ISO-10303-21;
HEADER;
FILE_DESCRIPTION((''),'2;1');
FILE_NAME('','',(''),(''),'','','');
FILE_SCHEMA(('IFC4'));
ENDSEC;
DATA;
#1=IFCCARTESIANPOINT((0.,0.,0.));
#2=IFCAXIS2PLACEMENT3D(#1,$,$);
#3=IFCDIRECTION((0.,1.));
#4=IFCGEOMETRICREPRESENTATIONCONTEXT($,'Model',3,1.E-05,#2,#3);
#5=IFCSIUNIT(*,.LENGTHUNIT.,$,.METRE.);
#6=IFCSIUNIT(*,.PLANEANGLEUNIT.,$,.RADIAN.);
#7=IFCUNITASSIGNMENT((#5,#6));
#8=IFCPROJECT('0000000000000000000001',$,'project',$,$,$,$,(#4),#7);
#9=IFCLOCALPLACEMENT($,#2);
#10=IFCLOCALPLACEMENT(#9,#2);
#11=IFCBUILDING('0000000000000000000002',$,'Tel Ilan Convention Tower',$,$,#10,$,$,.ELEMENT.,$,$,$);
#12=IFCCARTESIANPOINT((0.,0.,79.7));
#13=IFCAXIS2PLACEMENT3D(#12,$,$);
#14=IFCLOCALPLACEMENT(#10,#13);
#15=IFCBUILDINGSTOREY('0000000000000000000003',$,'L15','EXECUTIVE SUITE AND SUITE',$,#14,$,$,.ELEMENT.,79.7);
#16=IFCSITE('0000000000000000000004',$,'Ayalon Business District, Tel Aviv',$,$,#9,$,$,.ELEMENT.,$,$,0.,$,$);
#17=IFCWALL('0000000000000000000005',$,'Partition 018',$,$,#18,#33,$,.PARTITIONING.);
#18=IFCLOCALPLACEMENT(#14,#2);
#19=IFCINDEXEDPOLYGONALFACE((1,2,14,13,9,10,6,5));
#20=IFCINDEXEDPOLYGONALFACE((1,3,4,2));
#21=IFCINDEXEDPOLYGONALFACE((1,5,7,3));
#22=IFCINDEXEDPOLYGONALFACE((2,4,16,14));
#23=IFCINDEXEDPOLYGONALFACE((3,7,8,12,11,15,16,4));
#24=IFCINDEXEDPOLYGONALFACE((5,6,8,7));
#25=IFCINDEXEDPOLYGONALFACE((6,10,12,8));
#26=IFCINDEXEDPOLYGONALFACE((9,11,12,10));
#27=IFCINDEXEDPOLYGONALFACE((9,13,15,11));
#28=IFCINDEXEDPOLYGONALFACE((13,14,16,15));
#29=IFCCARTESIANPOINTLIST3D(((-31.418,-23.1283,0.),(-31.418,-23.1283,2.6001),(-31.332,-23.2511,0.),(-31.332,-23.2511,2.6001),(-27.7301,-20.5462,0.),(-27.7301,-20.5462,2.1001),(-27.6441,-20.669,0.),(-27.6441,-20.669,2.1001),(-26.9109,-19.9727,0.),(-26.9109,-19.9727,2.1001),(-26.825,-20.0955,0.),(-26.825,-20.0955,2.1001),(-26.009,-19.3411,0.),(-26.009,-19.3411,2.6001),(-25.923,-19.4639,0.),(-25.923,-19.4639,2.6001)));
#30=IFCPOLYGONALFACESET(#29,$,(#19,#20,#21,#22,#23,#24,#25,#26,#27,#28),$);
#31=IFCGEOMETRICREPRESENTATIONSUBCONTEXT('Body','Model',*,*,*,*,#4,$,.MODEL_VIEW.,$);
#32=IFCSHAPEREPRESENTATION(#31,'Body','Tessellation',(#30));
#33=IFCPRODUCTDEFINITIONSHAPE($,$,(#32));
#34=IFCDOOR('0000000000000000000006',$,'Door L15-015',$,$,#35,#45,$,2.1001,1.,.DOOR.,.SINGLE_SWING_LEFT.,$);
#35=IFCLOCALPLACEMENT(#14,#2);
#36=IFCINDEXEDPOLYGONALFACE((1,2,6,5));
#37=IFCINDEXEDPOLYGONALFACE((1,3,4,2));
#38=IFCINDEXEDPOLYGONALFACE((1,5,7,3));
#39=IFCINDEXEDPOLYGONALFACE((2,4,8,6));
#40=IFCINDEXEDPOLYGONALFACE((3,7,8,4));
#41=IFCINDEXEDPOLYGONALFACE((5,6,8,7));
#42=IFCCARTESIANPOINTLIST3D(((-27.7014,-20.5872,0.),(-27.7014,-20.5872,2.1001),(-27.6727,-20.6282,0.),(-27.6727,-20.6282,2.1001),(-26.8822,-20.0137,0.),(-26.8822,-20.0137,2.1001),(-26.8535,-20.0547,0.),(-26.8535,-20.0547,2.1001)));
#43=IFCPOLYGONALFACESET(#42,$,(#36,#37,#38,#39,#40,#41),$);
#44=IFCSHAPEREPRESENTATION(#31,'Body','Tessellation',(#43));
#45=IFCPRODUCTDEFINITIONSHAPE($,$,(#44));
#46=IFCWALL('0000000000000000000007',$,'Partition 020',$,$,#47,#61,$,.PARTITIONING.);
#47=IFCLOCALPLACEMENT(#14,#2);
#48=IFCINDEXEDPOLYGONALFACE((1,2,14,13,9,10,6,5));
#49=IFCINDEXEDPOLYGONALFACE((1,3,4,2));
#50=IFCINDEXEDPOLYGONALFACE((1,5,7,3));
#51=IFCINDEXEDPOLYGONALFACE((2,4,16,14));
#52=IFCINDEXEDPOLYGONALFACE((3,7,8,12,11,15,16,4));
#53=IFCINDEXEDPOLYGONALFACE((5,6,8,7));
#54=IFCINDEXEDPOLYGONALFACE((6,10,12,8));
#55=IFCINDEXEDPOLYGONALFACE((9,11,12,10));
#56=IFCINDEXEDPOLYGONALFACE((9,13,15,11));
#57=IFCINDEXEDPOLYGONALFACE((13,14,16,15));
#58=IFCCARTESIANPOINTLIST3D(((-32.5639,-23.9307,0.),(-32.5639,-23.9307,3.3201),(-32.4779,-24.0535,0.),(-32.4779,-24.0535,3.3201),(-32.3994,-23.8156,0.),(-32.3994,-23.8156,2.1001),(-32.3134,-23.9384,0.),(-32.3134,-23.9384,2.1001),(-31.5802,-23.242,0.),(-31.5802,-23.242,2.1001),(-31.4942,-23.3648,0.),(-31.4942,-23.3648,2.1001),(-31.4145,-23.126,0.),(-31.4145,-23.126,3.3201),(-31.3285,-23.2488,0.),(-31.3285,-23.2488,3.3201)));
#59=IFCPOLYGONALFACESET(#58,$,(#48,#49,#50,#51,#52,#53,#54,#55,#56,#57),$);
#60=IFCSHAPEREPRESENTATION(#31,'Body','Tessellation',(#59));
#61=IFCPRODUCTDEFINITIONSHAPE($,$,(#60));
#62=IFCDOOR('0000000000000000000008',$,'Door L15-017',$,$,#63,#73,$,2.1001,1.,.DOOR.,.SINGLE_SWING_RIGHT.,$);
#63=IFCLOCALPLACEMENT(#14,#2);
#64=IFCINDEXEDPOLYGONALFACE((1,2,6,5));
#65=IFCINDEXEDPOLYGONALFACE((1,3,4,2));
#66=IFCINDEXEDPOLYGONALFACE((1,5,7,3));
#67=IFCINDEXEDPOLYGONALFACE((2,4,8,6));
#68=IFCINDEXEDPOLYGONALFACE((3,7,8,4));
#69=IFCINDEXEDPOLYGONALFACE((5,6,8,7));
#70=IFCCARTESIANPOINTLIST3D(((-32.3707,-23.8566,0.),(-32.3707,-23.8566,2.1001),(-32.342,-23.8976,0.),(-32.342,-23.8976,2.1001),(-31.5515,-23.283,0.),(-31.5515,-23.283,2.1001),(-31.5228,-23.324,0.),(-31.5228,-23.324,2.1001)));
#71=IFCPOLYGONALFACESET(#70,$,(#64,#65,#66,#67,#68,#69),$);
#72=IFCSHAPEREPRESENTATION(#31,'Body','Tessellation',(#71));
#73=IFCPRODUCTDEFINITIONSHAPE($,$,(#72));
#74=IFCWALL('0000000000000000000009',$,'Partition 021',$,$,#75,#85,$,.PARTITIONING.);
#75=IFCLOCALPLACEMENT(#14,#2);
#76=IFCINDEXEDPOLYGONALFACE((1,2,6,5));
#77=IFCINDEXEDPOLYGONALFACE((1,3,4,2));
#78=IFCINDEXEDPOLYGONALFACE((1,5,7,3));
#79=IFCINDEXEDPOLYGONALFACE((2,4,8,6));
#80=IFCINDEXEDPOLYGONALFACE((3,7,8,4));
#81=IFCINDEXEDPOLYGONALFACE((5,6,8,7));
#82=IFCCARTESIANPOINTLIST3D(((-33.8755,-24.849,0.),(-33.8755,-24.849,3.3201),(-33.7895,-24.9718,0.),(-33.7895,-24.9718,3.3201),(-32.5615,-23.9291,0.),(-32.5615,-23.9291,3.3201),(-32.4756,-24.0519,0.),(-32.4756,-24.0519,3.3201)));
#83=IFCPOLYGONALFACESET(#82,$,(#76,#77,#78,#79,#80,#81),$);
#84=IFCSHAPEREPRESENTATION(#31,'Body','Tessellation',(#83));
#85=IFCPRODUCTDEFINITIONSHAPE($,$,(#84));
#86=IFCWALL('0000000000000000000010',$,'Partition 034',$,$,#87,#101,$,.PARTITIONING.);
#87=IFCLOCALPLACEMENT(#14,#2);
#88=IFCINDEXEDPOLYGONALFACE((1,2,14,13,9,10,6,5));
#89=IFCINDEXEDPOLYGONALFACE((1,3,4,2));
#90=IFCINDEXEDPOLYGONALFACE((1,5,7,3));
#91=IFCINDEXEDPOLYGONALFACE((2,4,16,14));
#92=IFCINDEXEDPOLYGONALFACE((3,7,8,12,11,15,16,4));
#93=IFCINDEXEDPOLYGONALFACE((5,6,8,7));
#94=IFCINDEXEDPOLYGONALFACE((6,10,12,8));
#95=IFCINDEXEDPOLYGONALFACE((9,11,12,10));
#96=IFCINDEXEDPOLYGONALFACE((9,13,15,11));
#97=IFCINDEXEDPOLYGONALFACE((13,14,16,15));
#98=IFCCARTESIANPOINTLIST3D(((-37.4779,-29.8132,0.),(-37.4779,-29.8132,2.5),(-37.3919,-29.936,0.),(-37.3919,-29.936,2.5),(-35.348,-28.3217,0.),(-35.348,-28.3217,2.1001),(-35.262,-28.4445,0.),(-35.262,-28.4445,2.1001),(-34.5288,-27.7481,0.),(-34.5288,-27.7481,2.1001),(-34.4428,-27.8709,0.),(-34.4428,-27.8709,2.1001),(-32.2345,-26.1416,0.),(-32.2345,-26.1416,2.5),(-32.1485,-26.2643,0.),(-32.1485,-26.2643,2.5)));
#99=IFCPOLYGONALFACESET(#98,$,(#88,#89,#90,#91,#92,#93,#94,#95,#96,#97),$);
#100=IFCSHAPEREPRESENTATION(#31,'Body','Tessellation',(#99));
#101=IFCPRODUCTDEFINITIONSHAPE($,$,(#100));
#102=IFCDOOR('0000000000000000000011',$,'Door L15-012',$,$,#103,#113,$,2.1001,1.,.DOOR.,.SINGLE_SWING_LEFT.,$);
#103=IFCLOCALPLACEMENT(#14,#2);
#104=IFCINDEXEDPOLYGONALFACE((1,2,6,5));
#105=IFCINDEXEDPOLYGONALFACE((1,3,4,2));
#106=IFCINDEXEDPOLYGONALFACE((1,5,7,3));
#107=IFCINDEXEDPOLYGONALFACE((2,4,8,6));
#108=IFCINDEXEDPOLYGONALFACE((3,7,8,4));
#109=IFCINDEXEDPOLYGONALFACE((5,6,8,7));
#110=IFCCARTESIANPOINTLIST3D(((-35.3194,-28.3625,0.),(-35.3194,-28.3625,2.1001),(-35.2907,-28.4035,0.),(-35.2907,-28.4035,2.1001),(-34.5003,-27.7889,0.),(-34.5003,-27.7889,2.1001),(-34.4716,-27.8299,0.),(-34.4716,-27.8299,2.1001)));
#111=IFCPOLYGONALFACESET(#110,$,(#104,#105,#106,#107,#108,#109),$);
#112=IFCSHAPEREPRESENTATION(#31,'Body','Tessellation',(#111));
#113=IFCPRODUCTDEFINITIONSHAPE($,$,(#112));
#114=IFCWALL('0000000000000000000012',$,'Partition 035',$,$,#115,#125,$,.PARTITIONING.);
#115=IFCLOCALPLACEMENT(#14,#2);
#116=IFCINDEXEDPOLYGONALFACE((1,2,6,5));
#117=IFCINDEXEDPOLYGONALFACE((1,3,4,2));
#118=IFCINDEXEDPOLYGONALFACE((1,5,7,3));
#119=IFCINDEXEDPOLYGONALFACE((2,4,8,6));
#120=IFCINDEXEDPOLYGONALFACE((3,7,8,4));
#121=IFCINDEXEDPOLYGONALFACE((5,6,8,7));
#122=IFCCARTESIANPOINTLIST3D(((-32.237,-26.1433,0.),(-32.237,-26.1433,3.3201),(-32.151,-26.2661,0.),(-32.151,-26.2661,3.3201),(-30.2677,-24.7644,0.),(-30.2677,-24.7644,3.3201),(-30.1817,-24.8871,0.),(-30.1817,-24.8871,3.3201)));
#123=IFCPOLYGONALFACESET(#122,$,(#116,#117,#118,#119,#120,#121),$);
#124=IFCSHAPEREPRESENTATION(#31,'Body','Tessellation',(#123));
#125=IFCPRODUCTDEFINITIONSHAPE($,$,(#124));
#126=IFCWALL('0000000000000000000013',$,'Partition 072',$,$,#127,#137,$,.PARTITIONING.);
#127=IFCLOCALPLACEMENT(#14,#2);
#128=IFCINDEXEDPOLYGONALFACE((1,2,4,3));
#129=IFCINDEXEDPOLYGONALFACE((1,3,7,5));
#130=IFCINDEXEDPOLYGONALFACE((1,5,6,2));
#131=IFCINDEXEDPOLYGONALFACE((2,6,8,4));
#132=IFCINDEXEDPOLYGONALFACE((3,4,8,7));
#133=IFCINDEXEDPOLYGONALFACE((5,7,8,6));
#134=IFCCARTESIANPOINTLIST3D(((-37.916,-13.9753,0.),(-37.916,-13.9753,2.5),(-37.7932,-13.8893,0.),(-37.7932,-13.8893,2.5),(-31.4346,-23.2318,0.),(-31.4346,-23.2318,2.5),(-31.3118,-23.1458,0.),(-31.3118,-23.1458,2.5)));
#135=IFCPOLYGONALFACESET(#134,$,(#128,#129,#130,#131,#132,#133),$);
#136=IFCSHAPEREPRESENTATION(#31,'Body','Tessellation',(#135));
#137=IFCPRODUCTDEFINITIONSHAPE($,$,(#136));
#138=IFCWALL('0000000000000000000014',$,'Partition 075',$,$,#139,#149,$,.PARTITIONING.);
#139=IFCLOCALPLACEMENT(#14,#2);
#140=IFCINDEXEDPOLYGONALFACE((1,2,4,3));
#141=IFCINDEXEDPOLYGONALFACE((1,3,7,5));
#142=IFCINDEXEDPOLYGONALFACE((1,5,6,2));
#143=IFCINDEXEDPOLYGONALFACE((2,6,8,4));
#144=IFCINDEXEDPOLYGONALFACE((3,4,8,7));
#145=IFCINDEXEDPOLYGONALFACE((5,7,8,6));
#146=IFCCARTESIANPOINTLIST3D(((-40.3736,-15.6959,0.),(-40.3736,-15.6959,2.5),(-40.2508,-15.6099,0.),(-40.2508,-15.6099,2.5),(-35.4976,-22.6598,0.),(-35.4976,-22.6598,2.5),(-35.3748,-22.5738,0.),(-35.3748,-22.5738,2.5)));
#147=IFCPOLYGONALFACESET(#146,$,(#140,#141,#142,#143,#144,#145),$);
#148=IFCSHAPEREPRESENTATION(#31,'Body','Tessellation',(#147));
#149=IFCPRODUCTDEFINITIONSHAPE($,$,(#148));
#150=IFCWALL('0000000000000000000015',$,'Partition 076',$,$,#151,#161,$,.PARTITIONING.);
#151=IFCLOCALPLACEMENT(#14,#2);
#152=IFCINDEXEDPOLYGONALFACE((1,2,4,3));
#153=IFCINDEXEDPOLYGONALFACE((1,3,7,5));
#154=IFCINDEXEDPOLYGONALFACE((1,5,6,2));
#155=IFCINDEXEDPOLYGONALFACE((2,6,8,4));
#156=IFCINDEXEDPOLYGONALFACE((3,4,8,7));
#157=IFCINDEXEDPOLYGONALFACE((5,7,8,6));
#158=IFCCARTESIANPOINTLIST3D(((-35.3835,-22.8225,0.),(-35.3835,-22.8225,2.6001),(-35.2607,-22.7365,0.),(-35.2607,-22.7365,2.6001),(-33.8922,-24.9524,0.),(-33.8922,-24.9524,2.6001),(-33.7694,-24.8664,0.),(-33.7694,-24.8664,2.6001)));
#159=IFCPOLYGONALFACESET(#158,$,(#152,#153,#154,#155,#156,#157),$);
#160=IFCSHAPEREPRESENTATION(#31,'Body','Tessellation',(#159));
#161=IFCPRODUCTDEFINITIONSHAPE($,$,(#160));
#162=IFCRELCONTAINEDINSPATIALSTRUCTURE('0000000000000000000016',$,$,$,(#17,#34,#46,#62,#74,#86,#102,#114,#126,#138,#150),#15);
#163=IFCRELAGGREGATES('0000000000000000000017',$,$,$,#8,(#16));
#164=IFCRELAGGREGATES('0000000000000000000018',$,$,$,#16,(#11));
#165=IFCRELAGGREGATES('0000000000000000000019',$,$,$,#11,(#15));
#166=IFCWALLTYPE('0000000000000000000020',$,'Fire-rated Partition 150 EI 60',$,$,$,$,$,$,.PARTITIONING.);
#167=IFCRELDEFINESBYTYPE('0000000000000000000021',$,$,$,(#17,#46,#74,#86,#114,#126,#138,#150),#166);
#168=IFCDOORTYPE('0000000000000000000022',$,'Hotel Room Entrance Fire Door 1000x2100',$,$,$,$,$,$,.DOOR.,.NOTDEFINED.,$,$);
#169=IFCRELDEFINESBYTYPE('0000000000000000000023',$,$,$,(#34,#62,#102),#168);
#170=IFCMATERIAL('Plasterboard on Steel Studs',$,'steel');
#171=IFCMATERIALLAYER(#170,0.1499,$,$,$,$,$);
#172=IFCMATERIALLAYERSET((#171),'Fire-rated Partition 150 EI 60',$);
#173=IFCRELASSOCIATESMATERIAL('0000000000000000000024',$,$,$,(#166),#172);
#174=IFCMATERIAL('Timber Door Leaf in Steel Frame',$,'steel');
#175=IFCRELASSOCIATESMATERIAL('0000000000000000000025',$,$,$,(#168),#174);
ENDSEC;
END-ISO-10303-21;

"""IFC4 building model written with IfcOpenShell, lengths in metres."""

from ifc_helpers import new_model, si_unit, direction, frame, frame_2d, origin, place, context, subcontext, project, spatial, rectangle, extrude, material, layer, layer_set, type_object, element, fill, save


model = new_model("IFC4")

# Units and contexts
model_context = context("Model", 3, precision=1e-05, world=origin(), true_north=direction((0.0, 1.0)))
body_context = subcontext(model_context, "Body", "Model", "MODEL_VIEW")
ifc_project = project(units=[si_unit("LENGTHUNIT", "METRE"), si_unit("PLANEANGLEUNIT", "RADIAN")], contexts=[model_context])

# Site, building, storey
site_placement = place(None, origin())
site = spatial("IfcSite", under=ifc_project, at=site_placement, Name="Ayalon Business District, Tel Aviv", CompositionType="ELEMENT", RefElevation=0.0)
building_placement = place(site_placement, origin())
building = spatial("IfcBuilding", under=site, at=building_placement, Name="Tel Ilan Convention Tower", CompositionType="ELEMENT")
storey_placement = place(building_placement, frame((0.0, 0.0, 79.7)))
storey = spatial("IfcBuildingStorey", under=building, at=storey_placement, Name="L15", Description="EXECUTIVE SUITE AND SUITE", CompositionType="ELEMENT", Elevation=79.7)

# Walls, openings, doors
ifc_material_1 = material(Name="Plasterboard on Steel Studs", Category="steel")
ifc_layer_1 = layer(ifc_material_1, 0.1499)
ifc_layer_set_1 = layer_set([ifc_layer_1], Name="Fire-rated Partition 150 EI 60")
wall_type_1 = type_object("IfcWallType", Name="Fire-rated Partition 150 EI 60", PredefinedType="PARTITIONING", material=ifc_layer_set_1)
wall_1_placement = place(storey_placement, frame((-31.375, -23.1897, 0.0), z_axis=(0.0, 0.0, 1.0), x_axis=(0.819171, 0.573549, 0.0)))
wall_1 = element("IfcWall", 1, at=wall_1_placement, inside=storey, type_object=wall_type_1, Name="Partition 018", PredefinedType="PARTITIONING", context=body_context, shape_type="SweptSolid", body=[
    extrude(rectangle(XDim=6.603, YDim=0.1499, at=frame_2d((3.3015, 0.0))), origin(), (0.0, 0.0, 1.0), 2.6001),
])
opening_1_placement = place(wall_1_placement, frame((4.502, 0.0, 0.0)))
opening_1 = element("IfcOpeningElement", 2, at=opening_1_placement, cuts=wall_1, PredefinedType="OPENING", context=body_context, shape_type="SweptSolid", body=[
    extrude(rectangle(XDim=1.0, YDim=2.1001, at=frame_2d((0.5, 1.05))), frame((0.0, 0.085, 0.0), z_axis=(0.0, -1.0, 0.0), x_axis=(1.0, 0.0, 0.0)), (0.0, 0.0, 1.0), 0.1699),
])
ifc_material_2 = material(Name="Timber Door Leaf in Steel Frame", Category="steel")
door_type_1 = type_object("IfcDoorType", Name="Hotel Room Entrance Fire Door 1000x2100", OperationType="NOTDEFINED", PredefinedType="DOOR", material=ifc_material_2)
door_1_placement = place(opening_1_placement, origin())
door_1 = element("IfcDoor", 3, at=door_1_placement, inside=storey, type_object=door_type_1, Name="Door L15-015", OperationType="SINGLE_SWING_LEFT", OverallHeight=2.1001, OverallWidth=1.0, PredefinedType="DOOR", context=body_context, shape_type="SweptSolid", body=[
    extrude(rectangle(XDim=1.0, YDim=2.1001, at=frame_2d((0.5, 1.05))), frame((0.0, 0.0249, 0.0), z_axis=(0.0, -1.0, 0.0), x_axis=(1.0, 0.0, 0.0)), (0.0, 0.0, 1.0), 0.05),
])
fill(opening_1, door_1)
wall_2_placement = place(storey_placement, frame((-32.521, -23.9922, 0.0), z_axis=(0.0, 0.0, 1.0), x_axis=(0.819199, 0.573509, 0.0)))
wall_2 = element("IfcWall", 4, at=wall_2_placement, inside=storey, type_object=wall_type_1, Name="Partition 020", PredefinedType="PARTITIONING", context=body_context, shape_type="SweptSolid", body=[
    extrude(rectangle(XDim=1.4031, YDim=0.1499, at=frame_2d((0.7017, 0.0))), origin(), (0.0, 0.0, 1.0), 3.3201),
])
opening_2_placement = place(wall_2_placement, frame((0.2009, 0.0, 0.0)))
opening_2 = element("IfcOpeningElement", 5, at=opening_2_placement, cuts=wall_2, PredefinedType="OPENING", context=body_context, shape_type="SweptSolid", body=[
    extrude(rectangle(XDim=1.0, YDim=2.1001, at=frame_2d((0.5, 1.05))), frame((0.0, 0.085, 0.0), z_axis=(0.0, -1.0, 0.0), x_axis=(1.0, 0.0, 0.0)), (0.0, 0.0, 1.0), 0.1699),
])
door_2_placement = place(opening_2_placement, origin())
door_2 = element("IfcDoor", 6, at=door_2_placement, inside=storey, type_object=door_type_1, Name="Door L15-017", OperationType="SINGLE_SWING_RIGHT", OverallHeight=2.1001, OverallWidth=1.0, PredefinedType="DOOR", context=body_context, shape_type="SweptSolid", body=[
    extrude(rectangle(XDim=1.0, YDim=2.1001, at=frame_2d((0.5, 1.05))), frame((0.0, 0.0249, 0.0), z_axis=(0.0, -1.0, 0.0), x_axis=(1.0, 0.0, 0.0)), (0.0, 0.0, 1.0), 0.05),
])
fill(opening_2, door_2)

# Wall
wall_3_placement = place(storey_placement, frame((-33.8325, -24.9104, 0.0), z_axis=(0.0, 0.0, 1.0), x_axis=(0.819189, 0.573524, 0.0)))
element("IfcWall", 7, at=wall_3_placement, inside=storey, type_object=wall_type_1, Name="Partition 021", PredefinedType="PARTITIONING", context=body_context, shape_type="SweptSolid", body=[
    extrude(rectangle(XDim=1.604, YDim=0.1499, at=frame_2d((0.802, 0.0))), origin(), (0.0, 0.0, 1.0), 3.3201),
])

# Wall, opening, door
wall_4_placement = place(storey_placement, frame((-32.1914, -26.2029, 0.0), z_axis=(0.0, 0.0, 1.0), x_axis=(-0.819141, -0.573593, 0.0)))
wall_4 = element("IfcWall", 8, at=wall_4_placement, inside=storey, type_object=wall_type_1, Name="Partition 034", PredefinedType="PARTITIONING", context=body_context, shape_type="SweptSolid", body=[
    extrude(rectangle(XDim=6.4011, YDim=0.1499, at=frame_2d((3.2007, 0.0))), origin(), (0.0, 0.0, 1.0), 2.5),
])
opening_3_placement = place(wall_4_placement, frame((2.801, 0.0, 0.0)))
opening_3 = element("IfcOpeningElement", 9, at=opening_3_placement, cuts=wall_4, PredefinedType="OPENING", context=body_context, shape_type="SweptSolid", body=[
    extrude(rectangle(XDim=1.0, YDim=2.1001, at=frame_2d((0.5, 1.05))), frame((0.0, 0.085, 0.0), z_axis=(0.0, -1.0, 0.0), x_axis=(1.0, 0.0, 0.0)), (0.0, 0.0, 1.0), 0.1699),
])
door_3_placement = place(opening_3_placement, origin())
door_3 = element("IfcDoor", 10, at=door_3_placement, inside=storey, type_object=door_type_1, Name="Door L15-012", OperationType="SINGLE_SWING_LEFT", OverallHeight=2.1001, OverallWidth=1.0, PredefinedType="DOOR", context=body_context, shape_type="SweptSolid", body=[
    extrude(rectangle(XDim=1.0, YDim=2.1001, at=frame_2d((0.5, 1.05))), frame((0.0, 0.0249, 0.0), z_axis=(0.0, -1.0, 0.0), x_axis=(1.0, 0.0, 0.0)), (0.0, 0.0, 1.0), 0.05),
])
fill(opening_3, door_3)

# Walls
wall_5_placement = place(storey_placement, frame((-30.2246, -24.8257, 0.0), z_axis=(0.0, 0.0, 1.0), x_axis=(-0.819146, -0.573585, 0.0)))
element("IfcWall", 11, at=wall_5_placement, inside=storey, type_object=wall_type_1, Name="Partition 035", PredefinedType="PARTITIONING", context=body_context, shape_type="SweptSolid", body=[
    extrude(rectangle(XDim=2.4041, YDim=0.1499, at=frame_2d((1.2021, 0.0))), origin(), (0.0, 0.0, 1.0), 3.3201),
])
wall_6_placement = place(storey_placement, frame((-31.3733, -23.1887, 0.0), z_axis=(0.0, 0.0, 1.0), x_axis=(-0.573571, 0.819156, 0.0)))
element("IfcWall", 12, at=wall_6_placement, inside=storey, type_object=wall_type_1, Name="Partition 072", PredefinedType="PARTITIONING", context=body_context, shape_type="SweptSolid", body=[
    extrude(rectangle(XDim=11.3, YDim=0.1499, at=frame_2d((5.6499, 0.0))), origin(), (0.0, 0.0, 1.0), 2.5),
])
wall_7_placement = place(storey_placement, frame((-35.4363, -22.6167, 0.0), z_axis=(0.0, 0.0, 1.0), x_axis=(-0.573563, 0.819162, 0.0)))
element("IfcWall", 13, at=wall_7_placement, inside=storey, type_object=wall_type_1, Name="Partition 075", PredefinedType="PARTITIONING", context=body_context, shape_type="SweptSolid", body=[
    extrude(rectangle(XDim=8.5012, YDim=0.1499, at=frame_2d((4.2505, 0.0))), origin(), (0.0, 0.0, 1.0), 2.5),
])
wall_8_placement = place(storey_placement, frame((-33.8308, -24.9094, 0.0), z_axis=(0.0, 0.0, 1.0), x_axis=(-0.573538, 0.819179, 0.0)))
element("IfcWall", 14, at=wall_8_placement, inside=storey, type_object=wall_type_1, Name="Partition 076", PredefinedType="PARTITIONING", context=body_context, shape_type="SweptSolid", body=[
    extrude(rectangle(XDim=2.6001, YDim=0.1499, at=frame_2d((1.3, 0.0))), origin(), (0.0, 0.0, 1.0), 2.6001),
])

save(model, "model.ifc")
